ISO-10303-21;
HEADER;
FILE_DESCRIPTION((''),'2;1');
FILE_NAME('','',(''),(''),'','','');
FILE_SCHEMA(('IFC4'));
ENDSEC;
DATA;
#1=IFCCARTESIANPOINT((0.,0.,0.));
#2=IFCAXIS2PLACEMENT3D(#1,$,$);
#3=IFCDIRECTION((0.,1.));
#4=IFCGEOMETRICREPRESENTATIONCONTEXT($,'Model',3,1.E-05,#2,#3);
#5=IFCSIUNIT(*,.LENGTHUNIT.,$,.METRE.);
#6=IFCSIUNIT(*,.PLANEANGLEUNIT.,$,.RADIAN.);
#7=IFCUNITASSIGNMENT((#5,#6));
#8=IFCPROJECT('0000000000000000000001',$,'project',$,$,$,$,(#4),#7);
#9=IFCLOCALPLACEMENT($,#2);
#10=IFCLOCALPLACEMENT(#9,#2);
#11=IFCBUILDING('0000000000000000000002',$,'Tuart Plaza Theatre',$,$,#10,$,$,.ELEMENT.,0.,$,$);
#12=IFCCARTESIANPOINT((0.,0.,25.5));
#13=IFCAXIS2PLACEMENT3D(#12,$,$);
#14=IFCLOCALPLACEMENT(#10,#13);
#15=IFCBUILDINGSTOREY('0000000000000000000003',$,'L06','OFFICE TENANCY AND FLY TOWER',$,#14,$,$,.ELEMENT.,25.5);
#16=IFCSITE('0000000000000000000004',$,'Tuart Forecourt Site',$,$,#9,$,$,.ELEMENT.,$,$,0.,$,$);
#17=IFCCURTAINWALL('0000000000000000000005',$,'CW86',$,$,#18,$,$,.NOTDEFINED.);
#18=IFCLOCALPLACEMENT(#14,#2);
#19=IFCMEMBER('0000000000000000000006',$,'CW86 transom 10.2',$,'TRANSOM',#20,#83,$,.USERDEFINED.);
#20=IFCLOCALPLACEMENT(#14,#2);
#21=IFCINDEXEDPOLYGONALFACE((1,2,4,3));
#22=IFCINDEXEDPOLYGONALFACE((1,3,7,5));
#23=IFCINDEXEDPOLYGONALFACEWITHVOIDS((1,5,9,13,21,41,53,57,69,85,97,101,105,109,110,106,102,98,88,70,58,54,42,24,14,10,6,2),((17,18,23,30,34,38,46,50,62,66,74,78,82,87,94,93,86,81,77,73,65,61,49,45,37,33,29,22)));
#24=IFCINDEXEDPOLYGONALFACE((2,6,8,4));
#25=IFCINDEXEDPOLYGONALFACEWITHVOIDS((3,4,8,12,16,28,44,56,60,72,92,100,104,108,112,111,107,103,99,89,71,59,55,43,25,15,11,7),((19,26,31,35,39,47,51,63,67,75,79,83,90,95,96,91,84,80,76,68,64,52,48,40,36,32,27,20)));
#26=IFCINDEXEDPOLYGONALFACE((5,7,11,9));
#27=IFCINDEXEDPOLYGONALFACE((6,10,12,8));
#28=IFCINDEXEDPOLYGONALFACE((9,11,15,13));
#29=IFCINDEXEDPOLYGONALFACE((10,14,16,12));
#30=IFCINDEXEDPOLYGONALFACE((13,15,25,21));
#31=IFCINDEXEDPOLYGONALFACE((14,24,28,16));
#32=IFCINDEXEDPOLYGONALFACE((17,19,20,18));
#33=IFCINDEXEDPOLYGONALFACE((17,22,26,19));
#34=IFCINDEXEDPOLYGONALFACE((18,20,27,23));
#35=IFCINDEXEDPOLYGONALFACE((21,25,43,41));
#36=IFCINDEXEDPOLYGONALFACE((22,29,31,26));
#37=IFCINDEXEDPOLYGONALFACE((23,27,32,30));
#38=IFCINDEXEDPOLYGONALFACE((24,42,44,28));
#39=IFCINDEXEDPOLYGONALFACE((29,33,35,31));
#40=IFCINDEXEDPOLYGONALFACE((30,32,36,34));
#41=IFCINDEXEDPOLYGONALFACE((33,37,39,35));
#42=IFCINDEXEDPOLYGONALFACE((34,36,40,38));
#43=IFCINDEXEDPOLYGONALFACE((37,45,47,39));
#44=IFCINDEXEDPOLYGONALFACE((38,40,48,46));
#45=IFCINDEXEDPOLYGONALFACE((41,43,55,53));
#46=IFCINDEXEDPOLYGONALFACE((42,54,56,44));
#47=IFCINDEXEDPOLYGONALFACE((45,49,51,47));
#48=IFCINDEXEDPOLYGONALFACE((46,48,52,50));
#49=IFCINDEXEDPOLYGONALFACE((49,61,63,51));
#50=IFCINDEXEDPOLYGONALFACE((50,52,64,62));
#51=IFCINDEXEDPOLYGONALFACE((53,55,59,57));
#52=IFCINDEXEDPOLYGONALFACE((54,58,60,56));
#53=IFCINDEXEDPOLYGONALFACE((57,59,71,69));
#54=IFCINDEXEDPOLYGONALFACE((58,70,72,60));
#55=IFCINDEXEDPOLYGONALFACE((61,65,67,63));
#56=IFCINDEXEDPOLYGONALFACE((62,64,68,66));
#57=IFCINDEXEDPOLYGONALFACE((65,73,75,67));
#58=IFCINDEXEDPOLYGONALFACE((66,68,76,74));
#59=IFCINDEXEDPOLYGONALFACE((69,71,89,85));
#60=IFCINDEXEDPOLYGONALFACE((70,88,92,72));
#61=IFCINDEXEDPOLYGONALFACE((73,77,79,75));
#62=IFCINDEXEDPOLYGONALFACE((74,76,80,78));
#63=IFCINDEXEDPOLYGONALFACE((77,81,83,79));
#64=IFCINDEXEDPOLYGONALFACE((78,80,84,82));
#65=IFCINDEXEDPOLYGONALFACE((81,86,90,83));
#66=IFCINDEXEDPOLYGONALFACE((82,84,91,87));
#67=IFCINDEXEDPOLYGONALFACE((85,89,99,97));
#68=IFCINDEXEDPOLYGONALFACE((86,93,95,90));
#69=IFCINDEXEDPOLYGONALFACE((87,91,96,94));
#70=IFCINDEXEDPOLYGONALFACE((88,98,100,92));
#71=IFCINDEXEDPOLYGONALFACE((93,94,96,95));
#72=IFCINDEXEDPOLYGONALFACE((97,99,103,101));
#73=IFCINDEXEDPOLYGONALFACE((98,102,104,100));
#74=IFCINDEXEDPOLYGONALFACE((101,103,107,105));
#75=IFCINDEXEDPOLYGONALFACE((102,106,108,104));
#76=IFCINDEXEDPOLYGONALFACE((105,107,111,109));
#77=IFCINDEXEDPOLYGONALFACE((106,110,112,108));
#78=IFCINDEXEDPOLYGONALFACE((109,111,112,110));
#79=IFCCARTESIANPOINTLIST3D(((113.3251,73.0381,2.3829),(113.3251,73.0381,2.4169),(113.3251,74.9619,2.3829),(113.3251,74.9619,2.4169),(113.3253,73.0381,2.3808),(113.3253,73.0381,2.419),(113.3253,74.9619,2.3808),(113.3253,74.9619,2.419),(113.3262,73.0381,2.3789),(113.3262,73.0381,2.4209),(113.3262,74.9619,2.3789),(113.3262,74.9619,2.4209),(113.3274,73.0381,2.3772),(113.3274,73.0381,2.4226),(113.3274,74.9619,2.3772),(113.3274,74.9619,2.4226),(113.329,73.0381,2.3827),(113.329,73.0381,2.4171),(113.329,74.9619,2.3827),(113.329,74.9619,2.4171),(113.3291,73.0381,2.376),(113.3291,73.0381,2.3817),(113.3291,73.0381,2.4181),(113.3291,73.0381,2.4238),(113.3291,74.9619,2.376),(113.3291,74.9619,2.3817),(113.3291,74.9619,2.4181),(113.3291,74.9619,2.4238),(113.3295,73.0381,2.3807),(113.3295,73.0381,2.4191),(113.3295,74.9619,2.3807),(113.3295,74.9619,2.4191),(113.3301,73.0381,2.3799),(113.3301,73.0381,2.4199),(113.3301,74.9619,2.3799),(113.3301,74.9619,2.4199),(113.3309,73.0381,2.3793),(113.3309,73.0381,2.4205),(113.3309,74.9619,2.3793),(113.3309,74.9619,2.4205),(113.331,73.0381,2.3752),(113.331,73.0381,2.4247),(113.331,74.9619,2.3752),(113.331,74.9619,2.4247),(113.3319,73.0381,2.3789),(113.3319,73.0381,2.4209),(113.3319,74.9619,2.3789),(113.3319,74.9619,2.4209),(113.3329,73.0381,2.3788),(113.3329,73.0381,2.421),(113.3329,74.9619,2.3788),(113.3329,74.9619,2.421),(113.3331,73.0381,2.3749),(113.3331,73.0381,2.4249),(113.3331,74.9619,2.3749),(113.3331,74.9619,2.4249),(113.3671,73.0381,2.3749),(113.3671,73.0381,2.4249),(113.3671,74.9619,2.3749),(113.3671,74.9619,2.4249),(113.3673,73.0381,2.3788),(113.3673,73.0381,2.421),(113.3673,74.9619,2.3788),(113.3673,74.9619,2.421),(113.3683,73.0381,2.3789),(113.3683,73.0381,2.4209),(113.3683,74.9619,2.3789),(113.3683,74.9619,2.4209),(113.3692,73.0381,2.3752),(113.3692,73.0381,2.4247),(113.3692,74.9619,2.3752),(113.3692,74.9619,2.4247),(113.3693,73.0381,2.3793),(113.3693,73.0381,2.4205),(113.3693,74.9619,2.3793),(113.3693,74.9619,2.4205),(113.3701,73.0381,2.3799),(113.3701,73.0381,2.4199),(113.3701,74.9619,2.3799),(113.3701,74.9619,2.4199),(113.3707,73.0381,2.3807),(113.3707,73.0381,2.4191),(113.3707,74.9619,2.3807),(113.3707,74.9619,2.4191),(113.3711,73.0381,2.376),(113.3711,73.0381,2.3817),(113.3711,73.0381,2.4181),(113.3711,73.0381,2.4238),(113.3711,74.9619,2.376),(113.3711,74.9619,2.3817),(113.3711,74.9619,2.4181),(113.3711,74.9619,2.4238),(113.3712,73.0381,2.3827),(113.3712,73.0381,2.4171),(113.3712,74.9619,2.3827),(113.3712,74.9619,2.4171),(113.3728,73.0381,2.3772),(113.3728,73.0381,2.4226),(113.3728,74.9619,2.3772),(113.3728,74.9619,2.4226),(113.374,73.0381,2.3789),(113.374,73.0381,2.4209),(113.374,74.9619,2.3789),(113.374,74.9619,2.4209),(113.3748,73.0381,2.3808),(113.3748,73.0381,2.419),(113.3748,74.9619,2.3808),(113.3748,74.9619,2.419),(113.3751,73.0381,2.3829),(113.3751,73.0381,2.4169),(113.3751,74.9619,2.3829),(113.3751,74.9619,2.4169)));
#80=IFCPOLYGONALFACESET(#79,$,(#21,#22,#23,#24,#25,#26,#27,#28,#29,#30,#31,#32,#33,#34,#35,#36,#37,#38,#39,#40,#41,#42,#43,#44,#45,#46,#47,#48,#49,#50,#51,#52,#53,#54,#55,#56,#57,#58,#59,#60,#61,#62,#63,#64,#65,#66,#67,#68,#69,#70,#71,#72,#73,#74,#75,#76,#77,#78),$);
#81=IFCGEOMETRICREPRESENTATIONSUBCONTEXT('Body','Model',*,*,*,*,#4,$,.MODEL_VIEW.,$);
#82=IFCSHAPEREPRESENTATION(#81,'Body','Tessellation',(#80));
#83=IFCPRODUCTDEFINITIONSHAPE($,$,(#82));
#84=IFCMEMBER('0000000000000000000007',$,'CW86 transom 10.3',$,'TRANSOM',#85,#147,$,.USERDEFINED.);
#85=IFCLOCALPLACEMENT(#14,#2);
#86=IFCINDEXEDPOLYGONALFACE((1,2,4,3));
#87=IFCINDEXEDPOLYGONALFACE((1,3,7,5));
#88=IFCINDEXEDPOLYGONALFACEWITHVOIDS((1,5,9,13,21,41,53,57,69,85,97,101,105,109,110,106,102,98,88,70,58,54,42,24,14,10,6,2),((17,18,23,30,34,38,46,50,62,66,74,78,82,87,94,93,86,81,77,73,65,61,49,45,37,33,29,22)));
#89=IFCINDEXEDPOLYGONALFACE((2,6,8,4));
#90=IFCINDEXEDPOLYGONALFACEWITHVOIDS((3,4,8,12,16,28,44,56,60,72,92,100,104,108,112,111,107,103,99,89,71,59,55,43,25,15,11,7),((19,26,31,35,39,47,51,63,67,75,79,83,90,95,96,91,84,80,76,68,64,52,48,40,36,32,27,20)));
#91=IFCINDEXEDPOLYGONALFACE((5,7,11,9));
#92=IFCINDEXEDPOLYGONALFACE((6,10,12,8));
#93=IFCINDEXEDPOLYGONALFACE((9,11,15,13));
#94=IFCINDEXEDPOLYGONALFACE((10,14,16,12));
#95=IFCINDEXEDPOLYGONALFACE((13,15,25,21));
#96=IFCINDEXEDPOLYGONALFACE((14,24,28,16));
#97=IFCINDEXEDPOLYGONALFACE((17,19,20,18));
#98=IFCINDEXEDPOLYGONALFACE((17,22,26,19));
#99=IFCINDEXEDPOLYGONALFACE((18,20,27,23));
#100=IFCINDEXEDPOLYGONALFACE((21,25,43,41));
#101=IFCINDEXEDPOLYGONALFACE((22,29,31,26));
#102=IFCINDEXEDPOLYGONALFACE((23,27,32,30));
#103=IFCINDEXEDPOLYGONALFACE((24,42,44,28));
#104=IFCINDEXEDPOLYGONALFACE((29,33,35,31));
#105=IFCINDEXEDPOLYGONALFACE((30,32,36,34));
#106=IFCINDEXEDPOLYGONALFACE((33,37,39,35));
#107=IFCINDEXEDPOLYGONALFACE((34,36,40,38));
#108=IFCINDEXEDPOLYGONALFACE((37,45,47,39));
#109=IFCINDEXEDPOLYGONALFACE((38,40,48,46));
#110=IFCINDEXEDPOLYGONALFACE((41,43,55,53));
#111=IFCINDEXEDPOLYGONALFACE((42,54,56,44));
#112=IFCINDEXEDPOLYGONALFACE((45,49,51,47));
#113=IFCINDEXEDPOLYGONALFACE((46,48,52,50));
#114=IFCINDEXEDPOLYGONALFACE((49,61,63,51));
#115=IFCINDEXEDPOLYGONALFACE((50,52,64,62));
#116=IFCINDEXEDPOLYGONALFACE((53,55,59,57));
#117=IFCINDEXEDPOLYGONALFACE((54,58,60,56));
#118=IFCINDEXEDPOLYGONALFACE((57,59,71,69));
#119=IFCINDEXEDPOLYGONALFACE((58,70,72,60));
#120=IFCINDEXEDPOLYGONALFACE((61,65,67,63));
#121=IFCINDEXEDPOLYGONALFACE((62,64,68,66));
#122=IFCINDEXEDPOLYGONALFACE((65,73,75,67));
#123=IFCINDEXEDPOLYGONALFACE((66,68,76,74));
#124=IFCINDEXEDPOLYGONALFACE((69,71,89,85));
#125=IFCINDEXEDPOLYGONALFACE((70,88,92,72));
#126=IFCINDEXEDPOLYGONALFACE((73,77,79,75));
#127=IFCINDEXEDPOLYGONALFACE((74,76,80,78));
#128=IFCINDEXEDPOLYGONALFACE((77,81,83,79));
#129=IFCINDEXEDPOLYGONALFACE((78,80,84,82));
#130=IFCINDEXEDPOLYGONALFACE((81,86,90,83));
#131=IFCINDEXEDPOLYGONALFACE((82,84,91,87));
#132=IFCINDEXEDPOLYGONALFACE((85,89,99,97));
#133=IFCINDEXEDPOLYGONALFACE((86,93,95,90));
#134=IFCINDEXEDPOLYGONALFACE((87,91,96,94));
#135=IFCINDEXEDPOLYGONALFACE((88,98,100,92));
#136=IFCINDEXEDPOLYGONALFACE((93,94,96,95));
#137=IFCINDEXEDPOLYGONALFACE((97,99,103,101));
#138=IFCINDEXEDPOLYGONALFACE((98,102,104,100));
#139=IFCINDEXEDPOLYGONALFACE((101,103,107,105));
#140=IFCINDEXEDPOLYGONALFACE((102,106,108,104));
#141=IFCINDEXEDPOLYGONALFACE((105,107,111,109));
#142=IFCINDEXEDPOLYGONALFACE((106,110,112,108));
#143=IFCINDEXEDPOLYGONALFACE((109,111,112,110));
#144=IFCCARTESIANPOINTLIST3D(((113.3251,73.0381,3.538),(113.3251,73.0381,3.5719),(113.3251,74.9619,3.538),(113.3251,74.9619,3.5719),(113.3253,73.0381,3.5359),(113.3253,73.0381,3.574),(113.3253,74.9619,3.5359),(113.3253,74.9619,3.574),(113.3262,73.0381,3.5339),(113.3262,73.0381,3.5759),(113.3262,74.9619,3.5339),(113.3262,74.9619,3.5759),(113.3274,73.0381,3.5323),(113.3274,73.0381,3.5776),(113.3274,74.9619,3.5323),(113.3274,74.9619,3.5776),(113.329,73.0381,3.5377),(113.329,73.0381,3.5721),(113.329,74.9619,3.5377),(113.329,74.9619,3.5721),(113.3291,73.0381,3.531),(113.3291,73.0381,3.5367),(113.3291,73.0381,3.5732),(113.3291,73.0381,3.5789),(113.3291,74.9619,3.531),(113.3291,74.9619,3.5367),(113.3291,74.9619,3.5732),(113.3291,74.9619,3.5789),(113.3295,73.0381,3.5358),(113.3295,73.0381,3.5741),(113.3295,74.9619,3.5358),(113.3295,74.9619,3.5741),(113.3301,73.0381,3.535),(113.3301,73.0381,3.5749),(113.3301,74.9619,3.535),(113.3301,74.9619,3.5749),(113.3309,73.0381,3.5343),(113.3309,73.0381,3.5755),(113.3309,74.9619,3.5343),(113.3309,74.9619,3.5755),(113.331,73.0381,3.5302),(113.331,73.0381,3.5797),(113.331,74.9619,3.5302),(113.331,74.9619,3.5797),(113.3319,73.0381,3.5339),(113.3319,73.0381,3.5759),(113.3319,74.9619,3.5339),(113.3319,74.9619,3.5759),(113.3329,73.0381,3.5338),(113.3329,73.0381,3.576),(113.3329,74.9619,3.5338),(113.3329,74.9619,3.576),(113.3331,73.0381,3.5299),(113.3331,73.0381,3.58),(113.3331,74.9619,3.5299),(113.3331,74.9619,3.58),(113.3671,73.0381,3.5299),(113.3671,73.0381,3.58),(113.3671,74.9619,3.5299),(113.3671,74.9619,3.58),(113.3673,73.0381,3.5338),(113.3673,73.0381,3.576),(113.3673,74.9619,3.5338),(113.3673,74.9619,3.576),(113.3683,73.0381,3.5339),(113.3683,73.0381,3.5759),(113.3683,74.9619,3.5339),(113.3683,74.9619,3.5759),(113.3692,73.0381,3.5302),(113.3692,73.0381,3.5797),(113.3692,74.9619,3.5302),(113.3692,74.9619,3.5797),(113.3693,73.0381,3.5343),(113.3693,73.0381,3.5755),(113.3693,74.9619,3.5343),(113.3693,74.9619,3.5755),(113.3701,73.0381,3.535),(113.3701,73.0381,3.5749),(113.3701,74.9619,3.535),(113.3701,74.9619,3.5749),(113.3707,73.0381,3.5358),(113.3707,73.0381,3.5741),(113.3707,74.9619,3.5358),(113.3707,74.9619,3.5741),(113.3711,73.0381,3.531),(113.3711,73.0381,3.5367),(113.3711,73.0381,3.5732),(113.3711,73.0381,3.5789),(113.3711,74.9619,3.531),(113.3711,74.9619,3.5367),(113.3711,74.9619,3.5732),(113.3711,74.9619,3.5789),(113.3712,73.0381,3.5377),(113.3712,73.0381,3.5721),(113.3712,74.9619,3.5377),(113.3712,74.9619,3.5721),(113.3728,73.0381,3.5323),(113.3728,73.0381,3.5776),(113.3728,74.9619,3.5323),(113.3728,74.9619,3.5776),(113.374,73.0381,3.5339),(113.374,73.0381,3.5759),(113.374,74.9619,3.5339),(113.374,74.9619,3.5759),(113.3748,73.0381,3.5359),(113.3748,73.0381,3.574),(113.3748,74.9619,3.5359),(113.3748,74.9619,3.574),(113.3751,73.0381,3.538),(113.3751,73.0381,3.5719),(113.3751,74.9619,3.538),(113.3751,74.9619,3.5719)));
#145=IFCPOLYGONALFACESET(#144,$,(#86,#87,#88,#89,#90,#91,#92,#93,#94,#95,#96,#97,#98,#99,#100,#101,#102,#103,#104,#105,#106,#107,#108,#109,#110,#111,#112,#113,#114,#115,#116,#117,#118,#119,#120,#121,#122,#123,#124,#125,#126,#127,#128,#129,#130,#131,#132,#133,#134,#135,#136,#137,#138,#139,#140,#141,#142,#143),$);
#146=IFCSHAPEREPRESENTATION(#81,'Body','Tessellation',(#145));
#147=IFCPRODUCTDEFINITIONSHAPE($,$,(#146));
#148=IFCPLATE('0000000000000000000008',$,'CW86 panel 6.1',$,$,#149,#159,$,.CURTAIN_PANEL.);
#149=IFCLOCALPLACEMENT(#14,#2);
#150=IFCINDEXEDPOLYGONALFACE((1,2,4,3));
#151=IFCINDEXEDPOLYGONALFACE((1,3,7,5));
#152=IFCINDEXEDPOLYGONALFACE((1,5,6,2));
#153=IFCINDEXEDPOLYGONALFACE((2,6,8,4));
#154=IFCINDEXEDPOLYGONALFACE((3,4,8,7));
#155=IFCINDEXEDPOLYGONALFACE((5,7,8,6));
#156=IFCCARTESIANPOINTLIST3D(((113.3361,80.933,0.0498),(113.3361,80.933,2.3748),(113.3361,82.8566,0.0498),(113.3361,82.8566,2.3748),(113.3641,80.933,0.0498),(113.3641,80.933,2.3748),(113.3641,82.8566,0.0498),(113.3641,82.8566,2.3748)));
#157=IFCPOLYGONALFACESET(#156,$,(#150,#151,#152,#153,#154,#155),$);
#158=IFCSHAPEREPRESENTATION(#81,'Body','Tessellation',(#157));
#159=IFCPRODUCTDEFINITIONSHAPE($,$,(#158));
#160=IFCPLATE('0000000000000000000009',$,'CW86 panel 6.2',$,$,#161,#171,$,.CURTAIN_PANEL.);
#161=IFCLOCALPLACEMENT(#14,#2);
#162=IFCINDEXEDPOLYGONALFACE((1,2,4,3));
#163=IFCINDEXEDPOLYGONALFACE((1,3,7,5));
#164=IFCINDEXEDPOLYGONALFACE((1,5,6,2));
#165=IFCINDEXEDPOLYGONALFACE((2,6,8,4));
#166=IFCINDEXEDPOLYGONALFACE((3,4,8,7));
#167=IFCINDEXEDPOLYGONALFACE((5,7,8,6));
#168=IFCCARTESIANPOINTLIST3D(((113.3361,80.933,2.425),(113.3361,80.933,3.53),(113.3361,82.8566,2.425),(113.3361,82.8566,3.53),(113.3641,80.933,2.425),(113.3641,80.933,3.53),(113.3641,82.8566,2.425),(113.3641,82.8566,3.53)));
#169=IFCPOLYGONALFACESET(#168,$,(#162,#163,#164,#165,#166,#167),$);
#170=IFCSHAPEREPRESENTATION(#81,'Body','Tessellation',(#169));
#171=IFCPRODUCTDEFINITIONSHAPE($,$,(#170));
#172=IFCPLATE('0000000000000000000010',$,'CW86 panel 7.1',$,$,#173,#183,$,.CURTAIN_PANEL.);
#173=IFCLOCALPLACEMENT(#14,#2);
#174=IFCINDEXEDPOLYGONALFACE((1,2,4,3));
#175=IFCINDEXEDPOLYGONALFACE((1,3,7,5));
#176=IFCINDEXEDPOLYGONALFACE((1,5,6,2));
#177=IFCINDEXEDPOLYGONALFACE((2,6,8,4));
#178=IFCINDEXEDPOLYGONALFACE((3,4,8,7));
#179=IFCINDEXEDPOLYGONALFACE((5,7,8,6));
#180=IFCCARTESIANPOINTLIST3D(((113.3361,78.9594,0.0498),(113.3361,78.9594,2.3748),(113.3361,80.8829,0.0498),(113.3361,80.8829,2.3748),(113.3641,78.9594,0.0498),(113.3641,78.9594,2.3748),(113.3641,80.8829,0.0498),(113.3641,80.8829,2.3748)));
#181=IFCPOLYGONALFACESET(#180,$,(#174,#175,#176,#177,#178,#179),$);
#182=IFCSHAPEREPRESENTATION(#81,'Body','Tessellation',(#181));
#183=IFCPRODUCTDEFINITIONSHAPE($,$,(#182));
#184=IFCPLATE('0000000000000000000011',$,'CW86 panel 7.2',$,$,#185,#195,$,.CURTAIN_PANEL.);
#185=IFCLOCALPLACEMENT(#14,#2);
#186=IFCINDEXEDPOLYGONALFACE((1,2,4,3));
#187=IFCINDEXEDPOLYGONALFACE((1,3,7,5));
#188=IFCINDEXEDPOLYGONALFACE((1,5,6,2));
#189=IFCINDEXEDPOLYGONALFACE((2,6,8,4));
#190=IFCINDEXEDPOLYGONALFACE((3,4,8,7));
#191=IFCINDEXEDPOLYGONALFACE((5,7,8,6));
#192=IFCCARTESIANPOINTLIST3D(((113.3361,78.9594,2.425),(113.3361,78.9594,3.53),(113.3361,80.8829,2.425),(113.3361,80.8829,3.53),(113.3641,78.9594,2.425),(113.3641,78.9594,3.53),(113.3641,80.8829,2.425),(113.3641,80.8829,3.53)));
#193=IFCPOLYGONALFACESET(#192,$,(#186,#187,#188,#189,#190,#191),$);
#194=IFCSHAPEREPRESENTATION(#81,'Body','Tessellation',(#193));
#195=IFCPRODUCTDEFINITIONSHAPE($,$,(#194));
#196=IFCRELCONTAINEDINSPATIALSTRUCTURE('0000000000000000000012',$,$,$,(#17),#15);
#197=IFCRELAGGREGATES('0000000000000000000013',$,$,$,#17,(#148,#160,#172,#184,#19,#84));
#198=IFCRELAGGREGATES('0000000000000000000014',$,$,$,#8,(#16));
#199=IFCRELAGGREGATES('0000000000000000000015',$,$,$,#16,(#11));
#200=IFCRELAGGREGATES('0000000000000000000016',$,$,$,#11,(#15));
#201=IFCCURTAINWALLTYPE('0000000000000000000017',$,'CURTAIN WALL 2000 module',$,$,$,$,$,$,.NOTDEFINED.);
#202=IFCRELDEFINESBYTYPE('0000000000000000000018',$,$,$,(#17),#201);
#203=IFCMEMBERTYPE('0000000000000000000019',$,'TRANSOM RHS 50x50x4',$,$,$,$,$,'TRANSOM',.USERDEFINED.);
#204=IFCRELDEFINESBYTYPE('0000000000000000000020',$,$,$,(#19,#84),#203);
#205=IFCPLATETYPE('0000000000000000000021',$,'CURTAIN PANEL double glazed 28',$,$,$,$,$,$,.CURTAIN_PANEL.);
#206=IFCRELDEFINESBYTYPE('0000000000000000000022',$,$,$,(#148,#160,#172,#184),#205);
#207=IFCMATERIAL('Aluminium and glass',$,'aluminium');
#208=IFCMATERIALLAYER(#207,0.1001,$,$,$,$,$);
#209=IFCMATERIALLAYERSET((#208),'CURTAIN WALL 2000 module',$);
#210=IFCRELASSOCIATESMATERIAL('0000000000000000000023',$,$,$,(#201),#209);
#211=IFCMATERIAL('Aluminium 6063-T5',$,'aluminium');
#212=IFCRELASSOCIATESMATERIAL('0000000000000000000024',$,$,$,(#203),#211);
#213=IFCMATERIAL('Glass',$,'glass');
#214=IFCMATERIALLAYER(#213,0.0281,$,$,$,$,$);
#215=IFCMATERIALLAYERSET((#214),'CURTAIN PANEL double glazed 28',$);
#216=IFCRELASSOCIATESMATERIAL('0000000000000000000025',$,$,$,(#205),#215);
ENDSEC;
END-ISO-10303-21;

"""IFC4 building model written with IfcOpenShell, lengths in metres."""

from ifc_helpers import new_model, si_unit, direction, frame, origin, origin_2d, place, context, subcontext, project, spatial, rectangle, hollow_rectangle, extrude, material, layer, layer_set, material_profile, profile_set, type_object, element, aggregate, save


model = new_model("IFC4")

# Units and contexts
model_context = context("Model", 3, precision=1e-05, world=origin(), true_north=direction((0.0, 1.0)))
body_context = subcontext(model_context, "Body", "Model", "MODEL_VIEW")
ifc_project = project(units=[si_unit("LENGTHUNIT", "METRE"), si_unit("PLANEANGLEUNIT", "RADIAN")], contexts=[model_context])

# Site, building, storey
site_placement = place(None, origin())
site = spatial("IfcSite", under=ifc_project, at=site_placement, Name="Tuart Forecourt Site", CompositionType="ELEMENT", RefElevation=0.0)
building_placement = place(site_placement, origin())
building = spatial("IfcBuilding", under=site, at=building_placement, Name="Tuart Plaza Theatre", CompositionType="ELEMENT", ElevationOfRefHeight=0.0)
storey_placement = place(building_placement, frame((0.0, 0.0, 25.5)))
storey = spatial("IfcBuildingStorey", under=building, at=storey_placement, Name="L06", Description="OFFICE TENANCY AND FLY TOWER", CompositionType="ELEMENT", Elevation=25.5)

# Curtain wall, members, plates
ifc_material_1 = material(Name="Aluminium and glass", Category="aluminium")
ifc_layer_1 = layer(ifc_material_1, 0.1001)
ifc_layer_set_1 = layer_set([ifc_layer_1], Name="CURTAIN WALL 2000 module")
curtain_wall_type = type_object("IfcCurtainWallType", Name="CURTAIN WALL 2000 module", PredefinedType="NOTDEFINED", material=ifc_layer_set_1)
curtain_wall_placement = place(storey_placement, origin())
curtain_wall = element("IfcCurtainWall", 1, at=curtain_wall_placement, inside=storey, type_object=curtain_wall_type, Name="CW86", PredefinedType="NOTDEFINED")
ifc_material_2 = material(Name="Aluminium 6063-T5", Category="aluminium")
ifc_material_profile = material_profile(ifc_material_2, hollow_rectangle(XDim=0.05, YDim=0.05, WallThickness=0.0039, InnerFilletRadius=0.0039, OuterFilletRadius=0.0081, at=origin_2d()), Name="RHS 50x50x4")
ifc_profile_set = profile_set([ifc_material_profile], Name="Aluminium 6063-T5")
member_type = type_object("IfcMemberType", Name="TRANSOM RHS 50x50x4", ElementType="TRANSOM", PredefinedType="USERDEFINED", material=ifc_profile_set)
member_1_placement = place(storey_placement, frame((113.3501, 74.9619, 2.3999), z_axis=(0.0, -1.0, 0.0), x_axis=(1.0, 0.0, 0.0)))
member_1 = element("IfcMember", 2, at=member_1_placement, type_object=member_type, Name="CW86 transom 10.2", ObjectType="TRANSOM", PredefinedType="USERDEFINED", context=body_context, shape_type="SweptSolid", body=[
    extrude(hollow_rectangle(XDim=0.05, YDim=0.05, WallThickness=0.0039, InnerFilletRadius=0.0039, OuterFilletRadius=0.0081, at=origin_2d()), origin(), (0.0, 0.0, 1.0), 1.9238),
])
member_2_placement = place(storey_placement, frame((113.3501, 74.9619, 3.5549), z_axis=(0.0, -1.0, 0.0), x_axis=(1.0, 0.0, 0.0)))
member_2 = element("IfcMember", 3, at=member_2_placement, type_object=member_type, Name="CW86 transom 10.3", ObjectType="TRANSOM", PredefinedType="USERDEFINED", context=body_context, shape_type="SweptSolid", body=[
    extrude(hollow_rectangle(XDim=0.05, YDim=0.05, WallThickness=0.0039, InnerFilletRadius=0.0039, OuterFilletRadius=0.0081, at=origin_2d()), origin(), (0.0, 0.0, 1.0), 1.9238),
])
ifc_material_3 = material(Name="Glass", Category="glass")
ifc_layer_2 = layer(ifc_material_3, 0.0281)
ifc_layer_set_2 = layer_set([ifc_layer_2], Name="CURTAIN PANEL double glazed 28")
plate_type = type_object("IfcPlateType", Name="CURTAIN PANEL double glazed 28", PredefinedType="CURTAIN_PANEL", material=ifc_layer_set_2)
plate_1_placement = place(storey_placement, frame((113.3501, 81.8948, 0.0498), z_axis=(0.0, 0.0, 1.0), x_axis=(0.0, -1.0, 0.0)))
plate_1 = element("IfcPlate", 4, at=plate_1_placement, type_object=plate_type, Name="CW86 panel 6.1", PredefinedType="CURTAIN_PANEL", context=body_context, shape_type="SweptSolid", body=[
    extrude(rectangle(XDim=1.9236, YDim=0.0281, at=origin_2d()), origin(), (0.0, 0.0, 1.0), 2.325),
])
plate_2_placement = place(storey_placement, frame((113.3501, 81.8948, 2.425), z_axis=(0.0, 0.0, 1.0), x_axis=(0.0, -1.0, 0.0)))
plate_2 = element("IfcPlate", 5, at=plate_2_placement, type_object=plate_type, Name="CW86 panel 6.2", PredefinedType="CURTAIN_PANEL", context=body_context, shape_type="SweptSolid", body=[
    extrude(rectangle(XDim=1.9236, YDim=0.0281, at=origin_2d()), origin(), (0.0, 0.0, 1.0), 1.105),
])
plate_3_placement = place(storey_placement, frame((113.3501, 79.9211, 0.0498), z_axis=(0.0, 0.0, 1.0), x_axis=(0.0, -1.0, 0.0)))
plate_3 = element("IfcPlate", 6, at=plate_3_placement, type_object=plate_type, Name="CW86 panel 7.1", PredefinedType="CURTAIN_PANEL", context=body_context, shape_type="SweptSolid", body=[
    extrude(rectangle(XDim=1.9236, YDim=0.0281, at=origin_2d()), origin(), (0.0, 0.0, 1.0), 2.325),
])
plate_4_placement = place(storey_placement, frame((113.3501, 79.9211, 2.425), z_axis=(0.0, 0.0, 1.0), x_axis=(0.0, -1.0, 0.0)))
plate_4 = element("IfcPlate", 7, at=plate_4_placement, type_object=plate_type, Name="CW86 panel 7.2", PredefinedType="CURTAIN_PANEL", context=body_context, shape_type="SweptSolid", body=[
    extrude(rectangle(XDim=1.9236, YDim=0.0281, at=origin_2d()), origin(), (0.0, 0.0, 1.0), 1.105),
])
aggregate(curtain_wall, [plate_1, plate_2, plate_3, plate_4, member_1, member_2])

save(model, "model.ifc")
